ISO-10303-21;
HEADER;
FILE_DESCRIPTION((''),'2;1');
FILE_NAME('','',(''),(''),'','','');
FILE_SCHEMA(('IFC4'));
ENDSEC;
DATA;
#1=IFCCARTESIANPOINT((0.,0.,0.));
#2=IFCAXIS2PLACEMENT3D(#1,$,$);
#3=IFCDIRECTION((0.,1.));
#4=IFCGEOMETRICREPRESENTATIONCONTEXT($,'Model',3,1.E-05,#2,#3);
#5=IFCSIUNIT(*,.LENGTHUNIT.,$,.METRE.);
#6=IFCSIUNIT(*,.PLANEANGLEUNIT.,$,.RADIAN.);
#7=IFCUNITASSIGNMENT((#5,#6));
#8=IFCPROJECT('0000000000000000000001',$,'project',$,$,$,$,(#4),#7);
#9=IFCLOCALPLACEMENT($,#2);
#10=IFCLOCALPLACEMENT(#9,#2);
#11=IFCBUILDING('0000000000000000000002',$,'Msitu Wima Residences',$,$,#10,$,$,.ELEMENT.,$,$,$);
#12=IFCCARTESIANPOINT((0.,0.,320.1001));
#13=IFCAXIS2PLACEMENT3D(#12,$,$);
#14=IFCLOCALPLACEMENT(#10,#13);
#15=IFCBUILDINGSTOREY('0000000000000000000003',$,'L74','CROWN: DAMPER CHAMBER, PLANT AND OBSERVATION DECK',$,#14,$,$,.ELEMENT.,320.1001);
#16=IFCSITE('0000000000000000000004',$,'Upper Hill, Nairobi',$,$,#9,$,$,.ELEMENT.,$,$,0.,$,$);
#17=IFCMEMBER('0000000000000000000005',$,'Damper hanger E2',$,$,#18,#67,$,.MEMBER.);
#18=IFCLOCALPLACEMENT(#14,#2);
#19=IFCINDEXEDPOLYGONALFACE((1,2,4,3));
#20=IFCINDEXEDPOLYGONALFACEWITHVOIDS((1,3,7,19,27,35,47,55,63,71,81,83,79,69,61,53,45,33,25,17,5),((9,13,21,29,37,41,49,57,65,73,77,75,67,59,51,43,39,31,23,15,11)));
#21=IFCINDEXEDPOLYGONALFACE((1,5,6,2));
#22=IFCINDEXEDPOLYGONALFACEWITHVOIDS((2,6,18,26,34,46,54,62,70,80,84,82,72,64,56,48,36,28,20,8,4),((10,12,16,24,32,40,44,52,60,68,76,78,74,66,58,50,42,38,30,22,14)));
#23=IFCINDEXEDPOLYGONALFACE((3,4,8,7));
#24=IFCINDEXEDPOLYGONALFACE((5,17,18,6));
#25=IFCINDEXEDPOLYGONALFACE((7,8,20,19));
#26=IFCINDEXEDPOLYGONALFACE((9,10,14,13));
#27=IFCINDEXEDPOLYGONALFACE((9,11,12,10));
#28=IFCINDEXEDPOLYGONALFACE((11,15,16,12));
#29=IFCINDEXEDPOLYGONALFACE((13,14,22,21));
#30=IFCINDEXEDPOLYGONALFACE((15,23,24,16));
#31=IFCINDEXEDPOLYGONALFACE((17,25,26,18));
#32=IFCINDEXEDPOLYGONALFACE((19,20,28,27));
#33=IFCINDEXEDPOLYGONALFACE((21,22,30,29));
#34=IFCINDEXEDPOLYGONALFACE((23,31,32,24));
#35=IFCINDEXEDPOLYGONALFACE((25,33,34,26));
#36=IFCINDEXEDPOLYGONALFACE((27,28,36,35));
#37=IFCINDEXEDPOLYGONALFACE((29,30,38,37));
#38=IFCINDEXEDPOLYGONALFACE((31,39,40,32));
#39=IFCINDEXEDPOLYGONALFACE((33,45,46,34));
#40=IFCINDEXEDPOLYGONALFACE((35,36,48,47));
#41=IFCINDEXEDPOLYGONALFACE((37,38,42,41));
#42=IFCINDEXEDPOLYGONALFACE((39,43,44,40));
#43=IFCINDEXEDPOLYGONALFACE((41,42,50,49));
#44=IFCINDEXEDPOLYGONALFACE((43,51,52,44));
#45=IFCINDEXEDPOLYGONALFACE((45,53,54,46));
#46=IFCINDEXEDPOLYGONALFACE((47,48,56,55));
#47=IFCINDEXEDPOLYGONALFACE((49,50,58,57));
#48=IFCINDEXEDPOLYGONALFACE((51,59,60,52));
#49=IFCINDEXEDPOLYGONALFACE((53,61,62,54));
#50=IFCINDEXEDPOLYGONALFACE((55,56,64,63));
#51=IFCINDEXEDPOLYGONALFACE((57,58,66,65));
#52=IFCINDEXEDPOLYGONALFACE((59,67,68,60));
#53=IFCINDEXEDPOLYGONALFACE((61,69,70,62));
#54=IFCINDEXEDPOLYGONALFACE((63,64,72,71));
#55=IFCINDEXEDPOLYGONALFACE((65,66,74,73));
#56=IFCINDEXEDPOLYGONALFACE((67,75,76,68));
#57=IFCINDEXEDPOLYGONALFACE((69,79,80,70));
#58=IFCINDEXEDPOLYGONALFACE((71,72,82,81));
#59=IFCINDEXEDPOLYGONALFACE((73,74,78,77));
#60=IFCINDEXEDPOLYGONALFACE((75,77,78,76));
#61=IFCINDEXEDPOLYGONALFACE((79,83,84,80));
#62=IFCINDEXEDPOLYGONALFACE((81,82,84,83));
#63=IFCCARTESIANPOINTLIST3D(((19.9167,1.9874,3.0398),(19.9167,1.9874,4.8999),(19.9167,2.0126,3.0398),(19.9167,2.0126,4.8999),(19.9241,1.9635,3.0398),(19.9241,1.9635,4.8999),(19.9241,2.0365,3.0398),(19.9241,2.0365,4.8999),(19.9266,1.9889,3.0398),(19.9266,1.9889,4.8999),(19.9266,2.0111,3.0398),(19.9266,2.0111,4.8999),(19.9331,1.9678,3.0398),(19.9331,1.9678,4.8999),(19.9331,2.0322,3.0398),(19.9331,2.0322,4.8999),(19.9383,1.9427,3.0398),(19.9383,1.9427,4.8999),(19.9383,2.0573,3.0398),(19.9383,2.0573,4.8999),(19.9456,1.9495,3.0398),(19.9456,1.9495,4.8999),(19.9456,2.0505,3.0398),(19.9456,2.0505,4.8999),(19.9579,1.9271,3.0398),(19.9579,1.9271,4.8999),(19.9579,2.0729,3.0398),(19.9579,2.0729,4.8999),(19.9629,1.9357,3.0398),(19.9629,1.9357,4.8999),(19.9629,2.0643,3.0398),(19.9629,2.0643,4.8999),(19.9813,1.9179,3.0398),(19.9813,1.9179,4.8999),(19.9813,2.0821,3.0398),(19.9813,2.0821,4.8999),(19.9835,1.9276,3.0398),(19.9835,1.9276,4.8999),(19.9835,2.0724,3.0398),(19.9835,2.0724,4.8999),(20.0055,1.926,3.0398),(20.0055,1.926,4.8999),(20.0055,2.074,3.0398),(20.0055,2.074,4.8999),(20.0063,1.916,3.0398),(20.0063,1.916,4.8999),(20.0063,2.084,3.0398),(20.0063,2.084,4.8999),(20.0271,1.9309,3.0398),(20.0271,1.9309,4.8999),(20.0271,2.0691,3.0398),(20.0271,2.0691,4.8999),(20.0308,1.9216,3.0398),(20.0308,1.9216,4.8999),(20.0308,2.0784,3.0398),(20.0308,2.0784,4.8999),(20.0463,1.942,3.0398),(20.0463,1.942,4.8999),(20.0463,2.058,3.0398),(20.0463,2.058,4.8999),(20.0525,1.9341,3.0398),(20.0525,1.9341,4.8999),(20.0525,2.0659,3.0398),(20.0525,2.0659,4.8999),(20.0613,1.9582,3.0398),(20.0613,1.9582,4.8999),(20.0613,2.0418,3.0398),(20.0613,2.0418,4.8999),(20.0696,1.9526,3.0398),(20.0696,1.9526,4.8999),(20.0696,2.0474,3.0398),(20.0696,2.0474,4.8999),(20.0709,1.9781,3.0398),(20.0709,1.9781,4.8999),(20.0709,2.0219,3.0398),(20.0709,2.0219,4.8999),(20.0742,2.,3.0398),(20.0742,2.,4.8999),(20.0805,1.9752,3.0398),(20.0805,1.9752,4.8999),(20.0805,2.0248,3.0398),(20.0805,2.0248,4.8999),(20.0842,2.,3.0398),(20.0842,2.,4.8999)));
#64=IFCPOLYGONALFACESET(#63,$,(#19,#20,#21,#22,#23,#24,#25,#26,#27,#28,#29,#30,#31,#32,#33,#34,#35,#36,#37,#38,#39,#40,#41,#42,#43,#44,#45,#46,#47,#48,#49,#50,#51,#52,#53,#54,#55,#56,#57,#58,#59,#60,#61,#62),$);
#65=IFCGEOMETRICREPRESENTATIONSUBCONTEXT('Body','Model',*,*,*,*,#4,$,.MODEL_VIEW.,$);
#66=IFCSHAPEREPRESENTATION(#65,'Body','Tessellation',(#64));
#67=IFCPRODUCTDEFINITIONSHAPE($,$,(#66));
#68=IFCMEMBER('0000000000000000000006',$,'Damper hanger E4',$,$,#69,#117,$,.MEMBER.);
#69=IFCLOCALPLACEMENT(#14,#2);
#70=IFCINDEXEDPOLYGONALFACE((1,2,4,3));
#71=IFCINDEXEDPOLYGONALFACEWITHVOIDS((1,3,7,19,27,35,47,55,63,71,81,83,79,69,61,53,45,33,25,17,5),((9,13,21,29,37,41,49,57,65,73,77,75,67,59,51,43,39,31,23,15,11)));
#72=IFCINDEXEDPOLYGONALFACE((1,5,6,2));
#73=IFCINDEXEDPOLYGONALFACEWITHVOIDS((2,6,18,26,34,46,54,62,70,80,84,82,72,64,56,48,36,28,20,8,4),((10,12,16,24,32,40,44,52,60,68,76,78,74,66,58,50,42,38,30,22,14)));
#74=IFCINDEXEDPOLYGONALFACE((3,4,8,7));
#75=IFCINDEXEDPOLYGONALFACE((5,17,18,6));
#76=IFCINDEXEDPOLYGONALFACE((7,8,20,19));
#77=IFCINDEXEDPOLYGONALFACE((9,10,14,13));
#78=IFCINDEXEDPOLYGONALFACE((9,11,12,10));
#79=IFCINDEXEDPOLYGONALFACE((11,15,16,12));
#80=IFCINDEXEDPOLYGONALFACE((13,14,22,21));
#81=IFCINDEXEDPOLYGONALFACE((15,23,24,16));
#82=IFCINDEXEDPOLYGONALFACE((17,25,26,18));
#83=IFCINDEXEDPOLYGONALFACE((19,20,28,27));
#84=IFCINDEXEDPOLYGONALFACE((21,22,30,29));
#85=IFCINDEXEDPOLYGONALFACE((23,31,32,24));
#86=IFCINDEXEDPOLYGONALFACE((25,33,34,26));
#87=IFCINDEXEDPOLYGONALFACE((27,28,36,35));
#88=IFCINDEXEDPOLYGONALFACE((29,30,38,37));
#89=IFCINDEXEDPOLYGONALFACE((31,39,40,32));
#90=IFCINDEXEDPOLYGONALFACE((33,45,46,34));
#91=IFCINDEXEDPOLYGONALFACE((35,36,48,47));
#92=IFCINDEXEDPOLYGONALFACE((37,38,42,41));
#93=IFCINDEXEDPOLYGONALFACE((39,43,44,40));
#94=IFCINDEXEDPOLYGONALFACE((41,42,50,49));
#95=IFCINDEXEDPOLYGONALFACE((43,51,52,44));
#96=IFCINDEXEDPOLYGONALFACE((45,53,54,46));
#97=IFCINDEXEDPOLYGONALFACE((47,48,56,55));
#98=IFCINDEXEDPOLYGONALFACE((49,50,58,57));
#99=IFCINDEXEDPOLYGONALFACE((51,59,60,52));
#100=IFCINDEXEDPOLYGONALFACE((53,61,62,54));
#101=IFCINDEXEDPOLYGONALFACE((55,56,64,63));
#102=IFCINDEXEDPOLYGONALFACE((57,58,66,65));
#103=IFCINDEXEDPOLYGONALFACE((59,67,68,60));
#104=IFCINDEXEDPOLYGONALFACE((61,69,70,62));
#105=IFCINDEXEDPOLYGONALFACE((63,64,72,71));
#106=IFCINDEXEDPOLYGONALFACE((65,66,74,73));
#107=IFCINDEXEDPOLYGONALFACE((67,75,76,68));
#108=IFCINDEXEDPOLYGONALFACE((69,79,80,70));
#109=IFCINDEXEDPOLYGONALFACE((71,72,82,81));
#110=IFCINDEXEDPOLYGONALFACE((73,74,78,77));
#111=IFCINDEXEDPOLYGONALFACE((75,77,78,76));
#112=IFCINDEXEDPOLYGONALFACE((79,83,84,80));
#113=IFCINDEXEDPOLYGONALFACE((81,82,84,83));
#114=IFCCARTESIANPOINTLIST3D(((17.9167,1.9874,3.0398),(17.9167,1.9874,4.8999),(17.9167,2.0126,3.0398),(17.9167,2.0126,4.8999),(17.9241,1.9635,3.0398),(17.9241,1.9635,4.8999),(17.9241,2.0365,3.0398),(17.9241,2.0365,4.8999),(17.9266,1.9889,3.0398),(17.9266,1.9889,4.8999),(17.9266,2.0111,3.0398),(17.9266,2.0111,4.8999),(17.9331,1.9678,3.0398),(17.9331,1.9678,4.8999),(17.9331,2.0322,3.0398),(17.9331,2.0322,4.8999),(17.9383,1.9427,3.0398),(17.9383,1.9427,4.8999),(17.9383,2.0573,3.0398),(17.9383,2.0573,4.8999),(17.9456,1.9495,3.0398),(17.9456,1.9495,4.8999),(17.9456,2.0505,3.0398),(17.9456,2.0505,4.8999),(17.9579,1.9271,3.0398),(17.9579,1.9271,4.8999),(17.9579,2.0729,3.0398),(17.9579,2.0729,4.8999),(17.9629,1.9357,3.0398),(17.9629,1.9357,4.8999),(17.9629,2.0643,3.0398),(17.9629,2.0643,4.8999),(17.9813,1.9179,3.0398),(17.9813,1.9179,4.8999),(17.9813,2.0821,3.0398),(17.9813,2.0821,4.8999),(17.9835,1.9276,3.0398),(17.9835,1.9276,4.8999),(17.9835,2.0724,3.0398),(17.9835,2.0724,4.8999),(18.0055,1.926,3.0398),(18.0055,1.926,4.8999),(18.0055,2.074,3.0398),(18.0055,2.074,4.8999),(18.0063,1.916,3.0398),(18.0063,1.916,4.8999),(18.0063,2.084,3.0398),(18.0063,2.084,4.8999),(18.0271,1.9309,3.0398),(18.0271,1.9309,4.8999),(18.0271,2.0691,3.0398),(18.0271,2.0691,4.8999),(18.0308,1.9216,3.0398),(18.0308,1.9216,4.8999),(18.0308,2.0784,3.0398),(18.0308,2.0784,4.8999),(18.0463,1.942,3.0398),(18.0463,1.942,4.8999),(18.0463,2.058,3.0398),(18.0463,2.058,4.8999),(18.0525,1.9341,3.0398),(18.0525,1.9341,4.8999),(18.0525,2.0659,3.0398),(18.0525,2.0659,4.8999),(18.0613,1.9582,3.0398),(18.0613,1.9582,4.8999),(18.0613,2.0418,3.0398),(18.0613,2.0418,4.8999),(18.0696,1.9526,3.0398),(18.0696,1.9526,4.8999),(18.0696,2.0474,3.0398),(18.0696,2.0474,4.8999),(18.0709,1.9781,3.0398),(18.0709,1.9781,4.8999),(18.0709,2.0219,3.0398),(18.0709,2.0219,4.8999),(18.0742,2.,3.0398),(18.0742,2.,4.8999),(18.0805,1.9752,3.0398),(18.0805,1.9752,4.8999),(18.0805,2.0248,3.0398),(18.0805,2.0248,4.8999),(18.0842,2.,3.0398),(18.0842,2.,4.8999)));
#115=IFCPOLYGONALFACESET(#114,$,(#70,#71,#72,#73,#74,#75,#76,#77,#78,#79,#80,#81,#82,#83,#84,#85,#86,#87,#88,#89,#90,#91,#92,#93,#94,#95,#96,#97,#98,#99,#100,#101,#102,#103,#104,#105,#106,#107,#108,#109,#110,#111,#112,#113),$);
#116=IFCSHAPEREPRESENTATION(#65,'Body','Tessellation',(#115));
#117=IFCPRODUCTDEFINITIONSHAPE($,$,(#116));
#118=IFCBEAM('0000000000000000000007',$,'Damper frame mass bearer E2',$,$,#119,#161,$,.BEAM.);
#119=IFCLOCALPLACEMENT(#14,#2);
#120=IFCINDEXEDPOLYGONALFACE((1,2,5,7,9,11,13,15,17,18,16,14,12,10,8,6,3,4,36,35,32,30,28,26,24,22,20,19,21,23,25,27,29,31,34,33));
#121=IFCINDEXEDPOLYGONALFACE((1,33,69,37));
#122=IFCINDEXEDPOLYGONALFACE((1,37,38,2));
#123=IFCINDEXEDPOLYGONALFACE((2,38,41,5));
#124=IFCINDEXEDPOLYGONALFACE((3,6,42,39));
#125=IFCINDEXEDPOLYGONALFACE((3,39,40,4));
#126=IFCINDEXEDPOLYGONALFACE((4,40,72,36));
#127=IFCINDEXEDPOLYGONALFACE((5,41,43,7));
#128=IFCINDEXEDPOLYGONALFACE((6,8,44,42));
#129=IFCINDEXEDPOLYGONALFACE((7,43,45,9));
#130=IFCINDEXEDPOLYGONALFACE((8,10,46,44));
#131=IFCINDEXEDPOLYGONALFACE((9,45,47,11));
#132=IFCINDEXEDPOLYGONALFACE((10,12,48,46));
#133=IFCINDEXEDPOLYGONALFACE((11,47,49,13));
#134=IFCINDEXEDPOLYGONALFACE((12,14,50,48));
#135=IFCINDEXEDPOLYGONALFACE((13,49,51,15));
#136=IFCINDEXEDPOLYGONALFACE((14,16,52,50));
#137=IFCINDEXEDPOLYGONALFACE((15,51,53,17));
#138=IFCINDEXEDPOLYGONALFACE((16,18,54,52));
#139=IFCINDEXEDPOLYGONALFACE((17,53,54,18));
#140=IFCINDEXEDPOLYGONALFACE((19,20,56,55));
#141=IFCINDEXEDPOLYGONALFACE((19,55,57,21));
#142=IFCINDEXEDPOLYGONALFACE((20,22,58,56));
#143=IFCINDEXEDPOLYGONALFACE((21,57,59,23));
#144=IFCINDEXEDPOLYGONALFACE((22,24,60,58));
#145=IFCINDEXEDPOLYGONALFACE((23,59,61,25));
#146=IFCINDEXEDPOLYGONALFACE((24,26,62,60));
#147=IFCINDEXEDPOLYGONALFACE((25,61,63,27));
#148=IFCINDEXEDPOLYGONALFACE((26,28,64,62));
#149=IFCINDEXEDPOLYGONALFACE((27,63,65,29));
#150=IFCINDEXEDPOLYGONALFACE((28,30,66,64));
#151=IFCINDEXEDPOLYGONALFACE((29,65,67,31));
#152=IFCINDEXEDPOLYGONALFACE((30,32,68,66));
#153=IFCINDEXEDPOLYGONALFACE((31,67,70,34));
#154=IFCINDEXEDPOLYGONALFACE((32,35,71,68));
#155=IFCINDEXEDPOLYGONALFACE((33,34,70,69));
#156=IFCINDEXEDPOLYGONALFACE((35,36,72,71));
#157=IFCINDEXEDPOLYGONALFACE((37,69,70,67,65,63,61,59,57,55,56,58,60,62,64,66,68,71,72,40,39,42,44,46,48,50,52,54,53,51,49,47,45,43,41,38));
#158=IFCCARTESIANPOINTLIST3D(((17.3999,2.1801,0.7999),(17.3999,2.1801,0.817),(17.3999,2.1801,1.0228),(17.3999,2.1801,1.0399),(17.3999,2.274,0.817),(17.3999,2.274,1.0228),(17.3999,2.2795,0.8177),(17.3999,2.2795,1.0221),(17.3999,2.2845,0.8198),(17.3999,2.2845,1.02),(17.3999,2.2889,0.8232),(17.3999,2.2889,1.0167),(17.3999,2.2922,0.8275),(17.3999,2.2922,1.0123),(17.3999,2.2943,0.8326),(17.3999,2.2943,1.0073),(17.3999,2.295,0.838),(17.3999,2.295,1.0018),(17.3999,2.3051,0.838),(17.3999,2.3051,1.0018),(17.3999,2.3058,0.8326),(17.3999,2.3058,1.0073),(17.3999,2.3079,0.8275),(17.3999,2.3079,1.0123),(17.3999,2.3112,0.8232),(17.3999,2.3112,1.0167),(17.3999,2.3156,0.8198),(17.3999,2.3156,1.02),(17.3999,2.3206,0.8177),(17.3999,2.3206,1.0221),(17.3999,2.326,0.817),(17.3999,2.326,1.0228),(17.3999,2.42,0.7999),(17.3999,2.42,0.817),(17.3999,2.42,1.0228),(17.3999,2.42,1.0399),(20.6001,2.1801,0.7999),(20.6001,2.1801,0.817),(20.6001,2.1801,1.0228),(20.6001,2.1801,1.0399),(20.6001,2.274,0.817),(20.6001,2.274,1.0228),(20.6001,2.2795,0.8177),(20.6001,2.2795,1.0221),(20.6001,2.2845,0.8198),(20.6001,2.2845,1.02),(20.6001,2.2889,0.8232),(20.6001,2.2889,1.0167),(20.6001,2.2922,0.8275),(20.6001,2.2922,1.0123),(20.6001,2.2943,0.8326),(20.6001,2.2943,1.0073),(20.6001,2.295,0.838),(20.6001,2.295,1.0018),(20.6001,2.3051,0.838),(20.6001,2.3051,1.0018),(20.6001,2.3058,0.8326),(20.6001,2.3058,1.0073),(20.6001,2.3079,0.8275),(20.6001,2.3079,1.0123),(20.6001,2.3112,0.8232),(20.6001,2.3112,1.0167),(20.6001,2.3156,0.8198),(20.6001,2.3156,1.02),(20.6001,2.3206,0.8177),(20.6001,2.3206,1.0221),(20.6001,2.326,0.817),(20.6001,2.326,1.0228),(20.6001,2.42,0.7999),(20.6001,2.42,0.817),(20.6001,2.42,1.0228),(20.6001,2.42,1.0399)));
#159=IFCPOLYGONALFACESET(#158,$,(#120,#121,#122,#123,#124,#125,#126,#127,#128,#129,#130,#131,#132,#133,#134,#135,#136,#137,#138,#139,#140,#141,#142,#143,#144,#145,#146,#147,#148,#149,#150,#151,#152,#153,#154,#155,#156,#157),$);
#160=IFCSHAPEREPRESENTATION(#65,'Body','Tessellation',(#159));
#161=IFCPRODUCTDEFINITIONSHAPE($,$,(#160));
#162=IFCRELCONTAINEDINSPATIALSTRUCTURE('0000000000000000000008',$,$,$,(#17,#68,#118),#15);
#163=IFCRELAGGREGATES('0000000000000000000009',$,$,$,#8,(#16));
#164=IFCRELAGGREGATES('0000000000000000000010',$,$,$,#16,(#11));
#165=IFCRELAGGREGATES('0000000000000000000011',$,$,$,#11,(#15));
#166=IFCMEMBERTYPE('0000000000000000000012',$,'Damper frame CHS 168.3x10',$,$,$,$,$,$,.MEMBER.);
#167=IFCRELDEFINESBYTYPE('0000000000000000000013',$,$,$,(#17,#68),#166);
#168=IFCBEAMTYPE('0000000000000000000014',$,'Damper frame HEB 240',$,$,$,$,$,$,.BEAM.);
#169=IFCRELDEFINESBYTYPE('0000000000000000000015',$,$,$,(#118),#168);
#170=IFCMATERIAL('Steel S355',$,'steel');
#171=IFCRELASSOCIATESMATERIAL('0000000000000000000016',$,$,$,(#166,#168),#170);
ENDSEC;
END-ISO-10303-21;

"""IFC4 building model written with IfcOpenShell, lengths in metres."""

from ifc_helpers import new_model, si_unit, direction, frame, origin, origin_2d, place, context, subcontext, project, spatial, hollow_circle, i_section, extrude, material, material_profile, profile_set, type_object, element, save


model = new_model("IFC4")

# Units and contexts
model_context = context("Model", 3, precision=1e-05, world=origin(), true_north=direction((0.0, 1.0)))
body_context = subcontext(model_context, "Body", "Model", "MODEL_VIEW")
ifc_project = project(units=[si_unit("LENGTHUNIT", "METRE"), si_unit("PLANEANGLEUNIT", "RADIAN")], contexts=[model_context])

# Site, building, storey
site_placement = place(None, origin())
site = spatial("IfcSite", under=ifc_project, at=site_placement, Name="Upper Hill, Nairobi", CompositionType="ELEMENT", RefElevation=0.0)
building_placement = place(site_placement, origin())
building = spatial("IfcBuilding", under=site, at=building_placement, Name="Msitu Wima Residences", CompositionType="ELEMENT")
storey_placement = place(building_placement, frame((0.0, 0.0, 320.1001)))
storey = spatial("IfcBuildingStorey", under=building, at=storey_placement, Name="L74", Description="CROWN: DAMPER CHAMBER, PLANT AND OBSERVATION DECK", CompositionType="ELEMENT", Elevation=320.1001)

# Shared definitions
ifc_material_1 = material(Name="Steel S355", Category="steel")

# Members
ifc_material_profile_1 = material_profile(ifc_material_1, hollow_circle(Radius=0.0842, WallThickness=0.01, at=origin_2d()), Name="CHS 168.3x10")
ifc_profile_set_1 = profile_set([ifc_material_profile_1], Name="Steel S355")
member_type_1 = type_object("IfcMemberType", Name="Damper frame CHS 168.3x10", PredefinedType="MEMBER", material=ifc_profile_set_1)
for number, where, z_axis, x_axis, name in (
    (1, (20.0, 2.0, 3.0398), (0.0, 0.0, 1.0), (1.0, 0.0, 0.0), "Damper hanger E2"),
    (2, (18.0, 2.0, 3.0398), (0.0, 0.0, 1.0), (1.0, 0.0, 0.0), "Damper hanger E4"),
):
    element("IfcMember", number, at=place(storey_placement, frame(where, z_axis=z_axis, x_axis=x_axis)), inside=storey, type_object=member_type_1, Name=name, PredefinedType="MEMBER", context=body_context, shape_type="SweptSolid", body=[
        extrude(hollow_circle(Radius=0.0842, WallThickness=0.01, at=origin_2d()), origin(), (0.0, 0.0, 1.0), 1.8601),
    ])

# Beam
ifc_material_profile_2 = material_profile(ifc_material_1, i_section(OverallWidth=0.24, OverallDepth=0.24, WebThickness=0.01, FlangeThickness=0.0171, FilletRadius=0.021, at=origin_2d()), Name="HEB 240")
ifc_profile_set_2 = profile_set([ifc_material_profile_2], Name="Steel S355")
beam_type_1 = type_object("IfcBeamType", Name="Damper frame HEB 240", PredefinedType="BEAM", material=ifc_profile_set_2)
beam_1_placement = place(storey_placement, frame((17.3999, 2.3, 0.9199), z_axis=(1.0, 0.0, 0.0), x_axis=(0.0, 1.0, 0.0)))
element("IfcBeam", 3, at=beam_1_placement, inside=storey, type_object=beam_type_1, Name="Damper frame mass bearer E2", PredefinedType="BEAM", context=body_context, shape_type="SweptSolid", body=[
    extrude(i_section(OverallWidth=0.24, OverallDepth=0.24, WebThickness=0.01, FlangeThickness=0.0171, FilletRadius=0.021, at=origin_2d()), origin(), (0.0, 0.0, 1.0), 3.2002),
])

save(model, "model.ifc")
